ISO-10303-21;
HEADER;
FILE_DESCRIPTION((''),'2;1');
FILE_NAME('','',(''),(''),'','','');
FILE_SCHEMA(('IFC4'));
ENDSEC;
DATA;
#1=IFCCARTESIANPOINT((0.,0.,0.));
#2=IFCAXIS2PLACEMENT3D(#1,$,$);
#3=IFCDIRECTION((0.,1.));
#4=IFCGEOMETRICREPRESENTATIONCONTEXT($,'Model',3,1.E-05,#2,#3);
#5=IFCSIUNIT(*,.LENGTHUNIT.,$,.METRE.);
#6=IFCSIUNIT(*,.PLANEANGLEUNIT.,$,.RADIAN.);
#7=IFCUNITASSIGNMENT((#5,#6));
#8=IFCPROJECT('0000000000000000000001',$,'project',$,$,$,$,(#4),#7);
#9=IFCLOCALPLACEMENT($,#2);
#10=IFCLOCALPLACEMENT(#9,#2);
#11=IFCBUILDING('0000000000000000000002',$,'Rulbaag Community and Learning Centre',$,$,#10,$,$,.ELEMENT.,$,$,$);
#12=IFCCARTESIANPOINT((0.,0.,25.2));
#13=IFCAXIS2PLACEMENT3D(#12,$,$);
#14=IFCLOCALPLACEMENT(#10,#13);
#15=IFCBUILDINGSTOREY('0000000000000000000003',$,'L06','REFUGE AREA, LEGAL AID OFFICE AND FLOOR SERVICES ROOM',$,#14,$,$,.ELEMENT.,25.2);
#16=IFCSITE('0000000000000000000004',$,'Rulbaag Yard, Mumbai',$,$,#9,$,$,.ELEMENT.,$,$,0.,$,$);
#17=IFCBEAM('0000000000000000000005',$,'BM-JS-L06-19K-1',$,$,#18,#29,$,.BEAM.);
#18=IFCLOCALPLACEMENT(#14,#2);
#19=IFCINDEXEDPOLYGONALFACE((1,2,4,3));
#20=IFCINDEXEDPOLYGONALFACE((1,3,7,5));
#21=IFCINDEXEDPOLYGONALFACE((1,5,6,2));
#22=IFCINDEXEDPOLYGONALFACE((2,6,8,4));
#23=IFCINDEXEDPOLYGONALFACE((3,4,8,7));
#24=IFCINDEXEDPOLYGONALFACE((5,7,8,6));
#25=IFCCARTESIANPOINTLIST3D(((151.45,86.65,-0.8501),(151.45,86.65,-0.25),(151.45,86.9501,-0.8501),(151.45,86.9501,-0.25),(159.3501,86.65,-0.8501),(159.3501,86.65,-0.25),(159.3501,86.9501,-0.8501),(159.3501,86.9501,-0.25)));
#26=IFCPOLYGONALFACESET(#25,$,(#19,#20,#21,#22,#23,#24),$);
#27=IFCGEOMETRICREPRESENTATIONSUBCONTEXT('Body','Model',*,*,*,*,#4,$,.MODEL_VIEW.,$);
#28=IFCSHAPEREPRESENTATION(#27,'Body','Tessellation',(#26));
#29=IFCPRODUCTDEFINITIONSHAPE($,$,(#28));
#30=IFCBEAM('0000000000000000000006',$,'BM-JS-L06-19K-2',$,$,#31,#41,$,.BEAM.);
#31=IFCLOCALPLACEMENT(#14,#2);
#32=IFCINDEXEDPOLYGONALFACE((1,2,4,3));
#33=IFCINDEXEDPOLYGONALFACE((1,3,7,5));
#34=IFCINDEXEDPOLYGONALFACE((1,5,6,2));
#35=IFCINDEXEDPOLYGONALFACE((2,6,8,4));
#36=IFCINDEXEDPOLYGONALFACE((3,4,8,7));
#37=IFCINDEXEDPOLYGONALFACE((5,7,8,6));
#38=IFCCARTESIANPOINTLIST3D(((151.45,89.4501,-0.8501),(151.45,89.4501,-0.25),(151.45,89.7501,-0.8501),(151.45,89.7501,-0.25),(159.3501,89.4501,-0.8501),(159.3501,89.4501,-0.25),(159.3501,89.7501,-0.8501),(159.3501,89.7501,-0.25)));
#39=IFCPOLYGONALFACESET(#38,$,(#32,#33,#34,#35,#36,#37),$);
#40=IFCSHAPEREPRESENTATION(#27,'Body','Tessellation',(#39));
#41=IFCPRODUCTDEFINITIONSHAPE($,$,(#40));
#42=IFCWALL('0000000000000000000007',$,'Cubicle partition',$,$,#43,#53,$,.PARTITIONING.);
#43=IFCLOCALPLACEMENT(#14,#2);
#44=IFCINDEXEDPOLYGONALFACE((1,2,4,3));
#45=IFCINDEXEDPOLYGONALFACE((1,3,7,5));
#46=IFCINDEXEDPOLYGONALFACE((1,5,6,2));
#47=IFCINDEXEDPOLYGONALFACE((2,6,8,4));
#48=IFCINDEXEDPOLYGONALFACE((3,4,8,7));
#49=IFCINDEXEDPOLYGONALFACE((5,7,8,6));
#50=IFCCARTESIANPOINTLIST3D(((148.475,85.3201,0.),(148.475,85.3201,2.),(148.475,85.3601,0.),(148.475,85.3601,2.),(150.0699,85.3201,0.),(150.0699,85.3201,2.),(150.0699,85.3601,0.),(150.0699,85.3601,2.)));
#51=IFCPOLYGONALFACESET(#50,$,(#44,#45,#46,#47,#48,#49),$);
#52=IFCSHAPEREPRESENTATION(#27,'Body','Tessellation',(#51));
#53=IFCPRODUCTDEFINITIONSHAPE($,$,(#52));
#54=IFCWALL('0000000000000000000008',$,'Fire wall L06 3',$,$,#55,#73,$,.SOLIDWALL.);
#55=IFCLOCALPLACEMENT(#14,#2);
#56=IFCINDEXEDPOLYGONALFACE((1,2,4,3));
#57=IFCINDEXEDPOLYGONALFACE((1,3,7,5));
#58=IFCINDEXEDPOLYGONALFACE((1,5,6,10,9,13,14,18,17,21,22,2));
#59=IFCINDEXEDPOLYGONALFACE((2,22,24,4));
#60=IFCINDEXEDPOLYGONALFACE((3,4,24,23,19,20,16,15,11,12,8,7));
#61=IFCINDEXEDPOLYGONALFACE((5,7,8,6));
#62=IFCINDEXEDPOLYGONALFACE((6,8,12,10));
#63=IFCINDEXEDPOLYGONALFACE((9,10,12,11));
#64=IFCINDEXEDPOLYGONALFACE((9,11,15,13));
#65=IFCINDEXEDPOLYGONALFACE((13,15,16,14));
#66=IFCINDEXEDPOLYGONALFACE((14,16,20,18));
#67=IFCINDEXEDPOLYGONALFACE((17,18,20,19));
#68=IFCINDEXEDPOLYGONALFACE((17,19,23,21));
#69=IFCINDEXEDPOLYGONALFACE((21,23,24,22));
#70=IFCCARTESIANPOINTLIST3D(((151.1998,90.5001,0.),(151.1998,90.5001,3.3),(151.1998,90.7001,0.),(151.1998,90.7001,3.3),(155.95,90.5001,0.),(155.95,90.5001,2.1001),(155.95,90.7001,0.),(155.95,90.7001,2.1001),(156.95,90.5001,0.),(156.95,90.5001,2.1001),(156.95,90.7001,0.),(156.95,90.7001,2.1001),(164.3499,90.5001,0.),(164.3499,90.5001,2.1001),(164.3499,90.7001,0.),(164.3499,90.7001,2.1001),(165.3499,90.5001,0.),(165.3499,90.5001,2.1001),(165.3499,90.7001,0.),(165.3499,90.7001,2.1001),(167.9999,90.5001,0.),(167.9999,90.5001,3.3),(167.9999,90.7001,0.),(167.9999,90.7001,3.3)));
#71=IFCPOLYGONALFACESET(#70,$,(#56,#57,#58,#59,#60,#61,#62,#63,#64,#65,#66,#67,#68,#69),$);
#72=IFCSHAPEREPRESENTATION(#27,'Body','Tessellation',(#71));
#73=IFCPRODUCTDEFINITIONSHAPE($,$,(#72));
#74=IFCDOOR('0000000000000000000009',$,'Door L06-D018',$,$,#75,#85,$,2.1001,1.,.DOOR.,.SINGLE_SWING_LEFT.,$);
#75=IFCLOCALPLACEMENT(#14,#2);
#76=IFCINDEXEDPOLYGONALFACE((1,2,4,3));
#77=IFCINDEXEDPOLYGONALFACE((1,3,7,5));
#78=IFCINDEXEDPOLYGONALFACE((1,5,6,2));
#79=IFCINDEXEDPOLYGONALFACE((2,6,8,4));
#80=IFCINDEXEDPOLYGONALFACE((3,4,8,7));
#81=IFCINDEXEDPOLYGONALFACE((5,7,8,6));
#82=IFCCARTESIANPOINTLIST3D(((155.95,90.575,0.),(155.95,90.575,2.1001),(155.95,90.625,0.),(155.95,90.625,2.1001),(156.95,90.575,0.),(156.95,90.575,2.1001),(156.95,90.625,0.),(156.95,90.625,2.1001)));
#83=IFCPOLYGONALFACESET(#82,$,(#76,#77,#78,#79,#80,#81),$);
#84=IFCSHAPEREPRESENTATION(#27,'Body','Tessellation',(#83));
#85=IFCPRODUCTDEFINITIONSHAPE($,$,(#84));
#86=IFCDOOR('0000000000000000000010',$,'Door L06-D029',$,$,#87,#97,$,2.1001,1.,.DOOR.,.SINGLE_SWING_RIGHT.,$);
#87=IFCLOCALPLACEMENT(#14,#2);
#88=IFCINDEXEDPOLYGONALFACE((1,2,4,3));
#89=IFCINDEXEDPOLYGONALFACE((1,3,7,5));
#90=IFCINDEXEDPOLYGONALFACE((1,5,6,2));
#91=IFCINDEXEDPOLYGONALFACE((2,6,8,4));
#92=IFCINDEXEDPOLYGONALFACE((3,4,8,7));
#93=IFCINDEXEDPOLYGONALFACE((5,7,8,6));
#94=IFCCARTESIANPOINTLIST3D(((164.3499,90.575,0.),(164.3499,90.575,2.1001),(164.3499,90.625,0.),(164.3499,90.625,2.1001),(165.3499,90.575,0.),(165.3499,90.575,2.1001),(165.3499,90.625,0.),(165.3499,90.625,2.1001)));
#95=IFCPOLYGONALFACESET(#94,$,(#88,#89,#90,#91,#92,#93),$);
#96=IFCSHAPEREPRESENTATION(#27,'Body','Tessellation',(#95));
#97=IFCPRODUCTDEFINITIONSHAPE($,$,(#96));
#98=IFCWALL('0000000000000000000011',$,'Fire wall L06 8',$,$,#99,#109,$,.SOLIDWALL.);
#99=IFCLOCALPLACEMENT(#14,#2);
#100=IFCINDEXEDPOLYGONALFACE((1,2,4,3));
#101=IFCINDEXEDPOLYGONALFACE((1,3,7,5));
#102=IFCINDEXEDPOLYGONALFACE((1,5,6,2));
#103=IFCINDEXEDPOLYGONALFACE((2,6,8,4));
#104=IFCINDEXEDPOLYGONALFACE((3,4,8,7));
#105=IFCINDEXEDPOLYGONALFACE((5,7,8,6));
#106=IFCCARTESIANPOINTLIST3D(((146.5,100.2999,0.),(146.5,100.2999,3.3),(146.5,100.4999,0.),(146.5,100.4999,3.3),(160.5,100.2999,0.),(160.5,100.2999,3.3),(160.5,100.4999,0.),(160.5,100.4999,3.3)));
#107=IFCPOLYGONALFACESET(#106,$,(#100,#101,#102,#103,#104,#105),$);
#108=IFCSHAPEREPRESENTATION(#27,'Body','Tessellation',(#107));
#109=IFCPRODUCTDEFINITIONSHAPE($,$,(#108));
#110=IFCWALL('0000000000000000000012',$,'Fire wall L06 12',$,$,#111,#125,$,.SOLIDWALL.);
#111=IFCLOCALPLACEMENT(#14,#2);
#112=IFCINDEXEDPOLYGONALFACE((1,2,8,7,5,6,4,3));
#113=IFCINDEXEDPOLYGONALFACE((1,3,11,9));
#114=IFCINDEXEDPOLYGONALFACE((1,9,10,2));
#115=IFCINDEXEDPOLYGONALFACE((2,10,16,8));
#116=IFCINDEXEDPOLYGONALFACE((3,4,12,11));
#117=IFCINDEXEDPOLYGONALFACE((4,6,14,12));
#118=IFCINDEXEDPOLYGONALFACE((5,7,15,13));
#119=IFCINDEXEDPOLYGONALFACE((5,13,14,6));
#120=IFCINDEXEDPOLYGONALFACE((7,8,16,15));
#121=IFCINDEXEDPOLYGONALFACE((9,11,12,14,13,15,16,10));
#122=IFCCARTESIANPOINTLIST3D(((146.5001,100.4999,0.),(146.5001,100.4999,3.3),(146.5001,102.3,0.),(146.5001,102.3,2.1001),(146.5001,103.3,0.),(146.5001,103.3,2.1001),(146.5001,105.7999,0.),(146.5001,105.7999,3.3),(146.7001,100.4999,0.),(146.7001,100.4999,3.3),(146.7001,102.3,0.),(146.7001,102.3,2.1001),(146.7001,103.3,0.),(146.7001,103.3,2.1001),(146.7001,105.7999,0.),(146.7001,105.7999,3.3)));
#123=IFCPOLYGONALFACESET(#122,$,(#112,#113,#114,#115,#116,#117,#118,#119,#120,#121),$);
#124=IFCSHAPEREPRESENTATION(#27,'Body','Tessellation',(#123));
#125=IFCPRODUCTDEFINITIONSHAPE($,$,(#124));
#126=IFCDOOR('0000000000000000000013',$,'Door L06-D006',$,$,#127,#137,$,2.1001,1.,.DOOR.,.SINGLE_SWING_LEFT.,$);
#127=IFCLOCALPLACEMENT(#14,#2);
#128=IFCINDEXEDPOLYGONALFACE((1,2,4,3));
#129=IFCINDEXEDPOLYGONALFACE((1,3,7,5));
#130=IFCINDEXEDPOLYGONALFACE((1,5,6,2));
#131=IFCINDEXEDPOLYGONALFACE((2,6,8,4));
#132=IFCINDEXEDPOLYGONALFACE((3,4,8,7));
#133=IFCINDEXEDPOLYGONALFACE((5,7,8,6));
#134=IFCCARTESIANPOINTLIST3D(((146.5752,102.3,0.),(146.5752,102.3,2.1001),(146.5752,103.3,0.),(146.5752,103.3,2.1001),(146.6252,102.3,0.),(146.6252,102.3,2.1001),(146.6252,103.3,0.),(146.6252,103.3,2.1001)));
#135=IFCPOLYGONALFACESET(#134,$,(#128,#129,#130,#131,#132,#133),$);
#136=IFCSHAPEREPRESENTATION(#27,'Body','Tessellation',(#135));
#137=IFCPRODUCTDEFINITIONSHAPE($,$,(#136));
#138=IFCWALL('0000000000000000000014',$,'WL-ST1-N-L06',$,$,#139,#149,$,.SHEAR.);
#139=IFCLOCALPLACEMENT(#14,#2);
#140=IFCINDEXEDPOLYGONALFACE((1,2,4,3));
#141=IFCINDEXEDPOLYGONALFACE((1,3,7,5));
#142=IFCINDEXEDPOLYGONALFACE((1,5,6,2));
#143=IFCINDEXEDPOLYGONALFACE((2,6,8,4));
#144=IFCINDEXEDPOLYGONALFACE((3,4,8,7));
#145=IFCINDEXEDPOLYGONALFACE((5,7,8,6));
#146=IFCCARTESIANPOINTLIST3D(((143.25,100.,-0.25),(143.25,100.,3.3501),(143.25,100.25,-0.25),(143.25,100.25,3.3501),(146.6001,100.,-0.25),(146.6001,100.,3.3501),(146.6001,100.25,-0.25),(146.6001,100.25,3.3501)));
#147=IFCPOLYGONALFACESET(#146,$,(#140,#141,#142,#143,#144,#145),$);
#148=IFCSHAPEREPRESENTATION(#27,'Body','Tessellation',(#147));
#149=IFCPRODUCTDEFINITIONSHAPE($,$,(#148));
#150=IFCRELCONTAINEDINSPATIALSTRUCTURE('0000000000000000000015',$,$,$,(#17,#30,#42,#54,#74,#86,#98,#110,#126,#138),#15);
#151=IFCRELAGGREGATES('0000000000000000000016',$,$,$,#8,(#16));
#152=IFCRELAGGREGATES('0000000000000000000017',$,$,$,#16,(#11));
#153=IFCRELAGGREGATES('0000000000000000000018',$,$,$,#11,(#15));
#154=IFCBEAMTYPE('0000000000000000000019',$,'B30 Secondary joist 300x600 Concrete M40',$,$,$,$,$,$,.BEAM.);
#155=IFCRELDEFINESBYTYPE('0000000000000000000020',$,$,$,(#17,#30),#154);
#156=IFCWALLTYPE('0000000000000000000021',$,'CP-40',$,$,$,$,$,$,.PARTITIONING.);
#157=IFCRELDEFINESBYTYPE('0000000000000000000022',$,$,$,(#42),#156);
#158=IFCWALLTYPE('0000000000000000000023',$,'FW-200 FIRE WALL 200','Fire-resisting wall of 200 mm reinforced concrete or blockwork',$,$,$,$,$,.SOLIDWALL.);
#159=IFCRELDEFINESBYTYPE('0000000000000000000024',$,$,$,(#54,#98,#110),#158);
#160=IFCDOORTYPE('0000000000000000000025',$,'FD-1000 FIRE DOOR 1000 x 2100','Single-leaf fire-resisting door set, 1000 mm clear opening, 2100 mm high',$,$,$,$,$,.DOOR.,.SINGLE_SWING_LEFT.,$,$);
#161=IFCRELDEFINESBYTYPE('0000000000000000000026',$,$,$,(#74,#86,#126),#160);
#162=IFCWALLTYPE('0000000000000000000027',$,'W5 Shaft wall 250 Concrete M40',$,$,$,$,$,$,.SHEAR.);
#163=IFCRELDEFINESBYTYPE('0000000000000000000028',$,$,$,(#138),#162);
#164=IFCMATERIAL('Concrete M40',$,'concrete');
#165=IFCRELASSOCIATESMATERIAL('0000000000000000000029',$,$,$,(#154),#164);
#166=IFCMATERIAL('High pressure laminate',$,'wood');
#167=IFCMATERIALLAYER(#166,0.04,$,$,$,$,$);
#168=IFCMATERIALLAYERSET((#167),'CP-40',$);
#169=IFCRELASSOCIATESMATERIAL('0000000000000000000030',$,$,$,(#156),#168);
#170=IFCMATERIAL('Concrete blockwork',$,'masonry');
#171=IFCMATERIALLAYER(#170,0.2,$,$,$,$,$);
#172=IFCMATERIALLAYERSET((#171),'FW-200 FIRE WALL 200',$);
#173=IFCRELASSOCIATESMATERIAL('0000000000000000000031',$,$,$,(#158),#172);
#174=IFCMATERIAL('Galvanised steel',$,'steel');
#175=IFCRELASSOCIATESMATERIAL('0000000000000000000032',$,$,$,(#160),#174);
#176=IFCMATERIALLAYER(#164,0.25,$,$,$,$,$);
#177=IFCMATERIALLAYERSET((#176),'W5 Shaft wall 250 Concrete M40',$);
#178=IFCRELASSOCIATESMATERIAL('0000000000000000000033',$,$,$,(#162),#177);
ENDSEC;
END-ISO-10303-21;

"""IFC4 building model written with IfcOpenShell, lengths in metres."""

from ifc_helpers import new_model, si_unit, direction, frame, frame_2d, origin, origin_2d, place, context, subcontext, project, spatial, rectangle, extrude, material, layer, layer_set, material_profile, profile_set, type_object, element, fill, save


model = new_model("IFC4")

# Units and contexts
model_context = context("Model", 3, precision=1e-05, world=origin(), true_north=direction((0.0, 1.0)))
body_context = subcontext(model_context, "Body", "Model", "MODEL_VIEW")
ifc_project = project(units=[si_unit("LENGTHUNIT", "METRE"), si_unit("PLANEANGLEUNIT", "RADIAN")], contexts=[model_context])

# Site, building, storey
site_placement = place(None, origin())
site = spatial("IfcSite", under=ifc_project, at=site_placement, Name="Rulbaag Yard, Mumbai", CompositionType="ELEMENT", RefElevation=0.0)
building_placement = place(site_placement, origin())
building = spatial("IfcBuilding", under=site, at=building_placement, Name="Rulbaag Community and Learning Centre", CompositionType="ELEMENT")
storey_placement = place(building_placement, frame((0.0, 0.0, 25.2)))
storey = spatial("IfcBuildingStorey", under=building, at=storey_placement, Name="L06", Description="REFUGE AREA, LEGAL AID OFFICE AND FLOOR SERVICES ROOM", CompositionType="ELEMENT", Elevation=25.2)

# Beams
ifc_material_1 = material(Name="Concrete M40", Category="concrete")
ifc_material_profile = material_profile(ifc_material_1, rectangle(XDim=0.3, YDim=0.6001, at=origin_2d()), Name="RB300x600")
ifc_profile_set = profile_set([ifc_material_profile], Name="Concrete M40")
beam_type = type_object("IfcBeamType", Name="B30 Secondary joist 300x600 Concrete M40", PredefinedType="BEAM", material=ifc_profile_set)
for number, where, z_axis, x_axis, name in (
    (1, (151.45, 86.8, -0.55), (1.0, 0.0, 0.0), (0.0, 1.0, 0.0), "BM-JS-L06-19K-1"),
    (2, (151.45, 89.6001, -0.55), (1.0, 0.0, 0.0), (0.0, 1.0, 0.0), "BM-JS-L06-19K-2"),
):
    element("IfcBeam", number, at=place(storey_placement, frame(where, z_axis=z_axis, x_axis=x_axis)), inside=storey, type_object=beam_type, Name=name, PredefinedType="BEAM", context=body_context, shape_type="SweptSolid", body=[
        extrude(rectangle(XDim=0.3, YDim=0.6001, at=origin_2d()), origin(), (0.0, 0.0, 1.0), 7.9001),
    ])

# Wall
ifc_material_2 = material(Name="High pressure laminate", Category="wood")
ifc_layer_1 = layer(ifc_material_2, 0.04)
ifc_layer_set_1 = layer_set([ifc_layer_1], Name="CP-40")
wall_type_1 = type_object("IfcWallType", Name="CP-40", PredefinedType="PARTITIONING", material=ifc_layer_set_1)
wall_1_placement = place(storey_placement, frame((148.4751, 85.3401, 0.0), z_axis=(0.0, 0.0, 1.0), x_axis=(1.0, 0.0, 0.0)))
element("IfcWall", 3, at=wall_1_placement, inside=storey, type_object=wall_type_1, Name="Cubicle partition", PredefinedType="PARTITIONING", context=body_context, shape_type="SweptSolid", body=[
    extrude(rectangle(XDim=1.595, YDim=0.04, at=frame_2d((0.7974, 0.0))), origin(), (0.0, 0.0, 1.0), 2.0),
])

# Wall, openings, doors
ifc_material_3 = material(Name="Concrete blockwork", Category="masonry")
ifc_layer_2 = layer(ifc_material_3, 0.2)
ifc_layer_set_2 = layer_set([ifc_layer_2], Name="FW-200 FIRE WALL 200")
wall_type_2 = type_object("IfcWallType", Name="FW-200 FIRE WALL 200", Description="Fire-resisting wall of 200 mm reinforced concrete or blockwork", PredefinedType="SOLIDWALL", material=ifc_layer_set_2)
wall_2_placement = place(storey_placement, frame((151.2, 90.6001, 0.0), z_axis=(0.0, 0.0, 1.0), x_axis=(1.0, 0.0, 0.0)))
wall_2 = element("IfcWall", 4, at=wall_2_placement, inside=storey, type_object=wall_type_2, Name="Fire wall L06 3", PredefinedType="SOLIDWALL", context=body_context, shape_type="SweptSolid", body=[
    extrude(rectangle(XDim=16.8, YDim=0.2, at=frame_2d((8.3999, 0.0))), origin(), (0.0, 0.0, 1.0), 3.3),
])
opening_1_placement = place(wall_2_placement, frame((4.75, 0.0, 0.0)))
opening_1 = element("IfcOpeningElement", 5, at=opening_1_placement, cuts=wall_2, PredefinedType="OPENING", context=body_context, shape_type="SweptSolid", body=[
    extrude(rectangle(XDim=1.0, YDim=2.1001, at=frame_2d((0.5, 1.05))), frame((0.0, 0.1099, 0.0), z_axis=(0.0, -1.0, 0.0), x_axis=(1.0, 0.0, 0.0)), (0.0, 0.0, 1.0), 0.22),
])
opening_2_placement = place(wall_2_placement, frame((13.1499, 0.0, 0.0)))
opening_2 = element("IfcOpeningElement", 6, at=opening_2_placement, cuts=wall_2, PredefinedType="OPENING", context=body_context, shape_type="SweptSolid", body=[
    extrude(rectangle(XDim=1.0, YDim=2.1001, at=frame_2d((0.5, 1.05))), frame((0.0, 0.1099, 0.0), z_axis=(0.0, -1.0, 0.0), x_axis=(1.0, 0.0, 0.0)), (0.0, 0.0, 1.0), 0.22),
])
ifc_material_4 = material(Name="Galvanised steel", Category="steel")
door_type_1 = type_object("IfcDoorType", Name="FD-1000 FIRE DOOR 1000 x 2100", Description="Single-leaf fire-resisting door set, 1000 mm clear opening, 2100 mm high", OperationType="SINGLE_SWING_LEFT", PredefinedType="DOOR", material=ifc_material_4)
door_1_placement = place(opening_1_placement, origin())
door_1 = element("IfcDoor", 7, at=door_1_placement, inside=storey, type_object=door_type_1, Name="Door L06-D018", OperationType="SINGLE_SWING_LEFT", OverallHeight=2.1001, OverallWidth=1.0, PredefinedType="DOOR", context=body_context, shape_type="SweptSolid", body=[
    extrude(rectangle(XDim=1.0, YDim=2.1001, at=frame_2d((0.5, 1.05))), frame((0.0, 0.0249, 0.0), z_axis=(0.0, -1.0, 0.0), x_axis=(1.0, 0.0, 0.0)), (0.0, 0.0, 1.0), 0.05),
])
fill(opening_1, door_1)
door_2_placement = place(opening_2_placement, origin())
door_2 = element("IfcDoor", 8, at=door_2_placement, inside=storey, type_object=door_type_1, Name="Door L06-D029", OperationType="SINGLE_SWING_RIGHT", OverallHeight=2.1001, OverallWidth=1.0, PredefinedType="DOOR", context=body_context, shape_type="SweptSolid", body=[
    extrude(rectangle(XDim=1.0, YDim=2.1001, at=frame_2d((0.5, 1.05))), frame((0.0, 0.0249, 0.0), z_axis=(0.0, -1.0, 0.0), x_axis=(1.0, 0.0, 0.0)), (0.0, 0.0, 1.0), 0.05),
])
fill(opening_2, door_2)

# Wall
wall_3_placement = place(storey_placement, frame((146.5, 100.3999, 0.0), z_axis=(0.0, 0.0, 1.0), x_axis=(1.0, 0.0, 0.0)))
element("IfcWall", 9, at=wall_3_placement, inside=storey, type_object=wall_type_2, Name="Fire wall L06 8", PredefinedType="SOLIDWALL", context=body_context, shape_type="SweptSolid", body=[
    extrude(rectangle(XDim=14.0, YDim=0.2, at=frame_2d((7.0, 0.0))), origin(), (0.0, 0.0, 1.0), 3.3),
])

# Wall, opening, door
wall_4_placement = place(storey_placement, frame((146.6001, 100.5, 0.0), z_axis=(0.0, 0.0, 1.0), x_axis=(0.0, 1.0, 0.0)))
wall_4 = element("IfcWall", 10, at=wall_4_placement, inside=storey, type_object=wall_type_2, Name="Fire wall L06 12", PredefinedType="SOLIDWALL", context=body_context, shape_type="SweptSolid", body=[
    extrude(rectangle(XDim=5.3, YDim=0.2, at=frame_2d((2.6499, 0.0))), origin(), (0.0, 0.0, 1.0), 3.3),
])
opening_3_placement = place(wall_4_placement, frame((1.8, 0.0, 0.0)))
opening_3 = element("IfcOpeningElement", 11, at=opening_3_placement, cuts=wall_4, PredefinedType="OPENING", context=body_context, shape_type="SweptSolid", body=[
    extrude(rectangle(XDim=1.0, YDim=2.1001, at=frame_2d((0.5, 1.05))), frame((0.0, 0.1099, 0.0), z_axis=(0.0, -1.0, 0.0), x_axis=(1.0, 0.0, 0.0)), (0.0, 0.0, 1.0), 0.22),
])
door_3_placement = place(opening_3_placement, origin())
door_3 = element("IfcDoor", 12, at=door_3_placement, inside=storey, type_object=door_type_1, Name="Door L06-D006", OperationType="SINGLE_SWING_LEFT", OverallHeight=2.1001, OverallWidth=1.0, PredefinedType="DOOR", context=body_context, shape_type="SweptSolid", body=[
    extrude(rectangle(XDim=1.0, YDim=2.1001, at=frame_2d((0.5, 1.05))), frame((0.0, 0.0249, 0.0), z_axis=(0.0, -1.0, 0.0), x_axis=(1.0, 0.0, 0.0)), (0.0, 0.0, 1.0), 0.05),
])
fill(opening_3, door_3)

# Wall
ifc_layer_3 = layer(ifc_material_1, 0.25)
ifc_layer_set_3 = layer_set([ifc_layer_3], Name="W5 Shaft wall 250 Concrete M40")
wall_type_3 = type_object("IfcWallType", Name="W5 Shaft wall 250 Concrete M40", PredefinedType="SHEAR", material=ifc_layer_set_3)
wall_5_placement = place(storey_placement, frame((143.25, 100.125, -0.25), z_axis=(0.0, 0.0, 1.0), x_axis=(1.0, 0.0, 0.0)))
element("IfcWall", 13, at=wall_5_placement, inside=storey, type_object=wall_type_3, Name="WL-ST1-N-L06", PredefinedType="SHEAR", context=body_context, shape_type="SweptSolid", body=[
    extrude(rectangle(XDim=3.3501, YDim=0.25, at=frame_2d((1.675, 0.0))), origin(), (0.0, 0.0, 1.0), 3.6001),
])

save(model, "model.ifc")
